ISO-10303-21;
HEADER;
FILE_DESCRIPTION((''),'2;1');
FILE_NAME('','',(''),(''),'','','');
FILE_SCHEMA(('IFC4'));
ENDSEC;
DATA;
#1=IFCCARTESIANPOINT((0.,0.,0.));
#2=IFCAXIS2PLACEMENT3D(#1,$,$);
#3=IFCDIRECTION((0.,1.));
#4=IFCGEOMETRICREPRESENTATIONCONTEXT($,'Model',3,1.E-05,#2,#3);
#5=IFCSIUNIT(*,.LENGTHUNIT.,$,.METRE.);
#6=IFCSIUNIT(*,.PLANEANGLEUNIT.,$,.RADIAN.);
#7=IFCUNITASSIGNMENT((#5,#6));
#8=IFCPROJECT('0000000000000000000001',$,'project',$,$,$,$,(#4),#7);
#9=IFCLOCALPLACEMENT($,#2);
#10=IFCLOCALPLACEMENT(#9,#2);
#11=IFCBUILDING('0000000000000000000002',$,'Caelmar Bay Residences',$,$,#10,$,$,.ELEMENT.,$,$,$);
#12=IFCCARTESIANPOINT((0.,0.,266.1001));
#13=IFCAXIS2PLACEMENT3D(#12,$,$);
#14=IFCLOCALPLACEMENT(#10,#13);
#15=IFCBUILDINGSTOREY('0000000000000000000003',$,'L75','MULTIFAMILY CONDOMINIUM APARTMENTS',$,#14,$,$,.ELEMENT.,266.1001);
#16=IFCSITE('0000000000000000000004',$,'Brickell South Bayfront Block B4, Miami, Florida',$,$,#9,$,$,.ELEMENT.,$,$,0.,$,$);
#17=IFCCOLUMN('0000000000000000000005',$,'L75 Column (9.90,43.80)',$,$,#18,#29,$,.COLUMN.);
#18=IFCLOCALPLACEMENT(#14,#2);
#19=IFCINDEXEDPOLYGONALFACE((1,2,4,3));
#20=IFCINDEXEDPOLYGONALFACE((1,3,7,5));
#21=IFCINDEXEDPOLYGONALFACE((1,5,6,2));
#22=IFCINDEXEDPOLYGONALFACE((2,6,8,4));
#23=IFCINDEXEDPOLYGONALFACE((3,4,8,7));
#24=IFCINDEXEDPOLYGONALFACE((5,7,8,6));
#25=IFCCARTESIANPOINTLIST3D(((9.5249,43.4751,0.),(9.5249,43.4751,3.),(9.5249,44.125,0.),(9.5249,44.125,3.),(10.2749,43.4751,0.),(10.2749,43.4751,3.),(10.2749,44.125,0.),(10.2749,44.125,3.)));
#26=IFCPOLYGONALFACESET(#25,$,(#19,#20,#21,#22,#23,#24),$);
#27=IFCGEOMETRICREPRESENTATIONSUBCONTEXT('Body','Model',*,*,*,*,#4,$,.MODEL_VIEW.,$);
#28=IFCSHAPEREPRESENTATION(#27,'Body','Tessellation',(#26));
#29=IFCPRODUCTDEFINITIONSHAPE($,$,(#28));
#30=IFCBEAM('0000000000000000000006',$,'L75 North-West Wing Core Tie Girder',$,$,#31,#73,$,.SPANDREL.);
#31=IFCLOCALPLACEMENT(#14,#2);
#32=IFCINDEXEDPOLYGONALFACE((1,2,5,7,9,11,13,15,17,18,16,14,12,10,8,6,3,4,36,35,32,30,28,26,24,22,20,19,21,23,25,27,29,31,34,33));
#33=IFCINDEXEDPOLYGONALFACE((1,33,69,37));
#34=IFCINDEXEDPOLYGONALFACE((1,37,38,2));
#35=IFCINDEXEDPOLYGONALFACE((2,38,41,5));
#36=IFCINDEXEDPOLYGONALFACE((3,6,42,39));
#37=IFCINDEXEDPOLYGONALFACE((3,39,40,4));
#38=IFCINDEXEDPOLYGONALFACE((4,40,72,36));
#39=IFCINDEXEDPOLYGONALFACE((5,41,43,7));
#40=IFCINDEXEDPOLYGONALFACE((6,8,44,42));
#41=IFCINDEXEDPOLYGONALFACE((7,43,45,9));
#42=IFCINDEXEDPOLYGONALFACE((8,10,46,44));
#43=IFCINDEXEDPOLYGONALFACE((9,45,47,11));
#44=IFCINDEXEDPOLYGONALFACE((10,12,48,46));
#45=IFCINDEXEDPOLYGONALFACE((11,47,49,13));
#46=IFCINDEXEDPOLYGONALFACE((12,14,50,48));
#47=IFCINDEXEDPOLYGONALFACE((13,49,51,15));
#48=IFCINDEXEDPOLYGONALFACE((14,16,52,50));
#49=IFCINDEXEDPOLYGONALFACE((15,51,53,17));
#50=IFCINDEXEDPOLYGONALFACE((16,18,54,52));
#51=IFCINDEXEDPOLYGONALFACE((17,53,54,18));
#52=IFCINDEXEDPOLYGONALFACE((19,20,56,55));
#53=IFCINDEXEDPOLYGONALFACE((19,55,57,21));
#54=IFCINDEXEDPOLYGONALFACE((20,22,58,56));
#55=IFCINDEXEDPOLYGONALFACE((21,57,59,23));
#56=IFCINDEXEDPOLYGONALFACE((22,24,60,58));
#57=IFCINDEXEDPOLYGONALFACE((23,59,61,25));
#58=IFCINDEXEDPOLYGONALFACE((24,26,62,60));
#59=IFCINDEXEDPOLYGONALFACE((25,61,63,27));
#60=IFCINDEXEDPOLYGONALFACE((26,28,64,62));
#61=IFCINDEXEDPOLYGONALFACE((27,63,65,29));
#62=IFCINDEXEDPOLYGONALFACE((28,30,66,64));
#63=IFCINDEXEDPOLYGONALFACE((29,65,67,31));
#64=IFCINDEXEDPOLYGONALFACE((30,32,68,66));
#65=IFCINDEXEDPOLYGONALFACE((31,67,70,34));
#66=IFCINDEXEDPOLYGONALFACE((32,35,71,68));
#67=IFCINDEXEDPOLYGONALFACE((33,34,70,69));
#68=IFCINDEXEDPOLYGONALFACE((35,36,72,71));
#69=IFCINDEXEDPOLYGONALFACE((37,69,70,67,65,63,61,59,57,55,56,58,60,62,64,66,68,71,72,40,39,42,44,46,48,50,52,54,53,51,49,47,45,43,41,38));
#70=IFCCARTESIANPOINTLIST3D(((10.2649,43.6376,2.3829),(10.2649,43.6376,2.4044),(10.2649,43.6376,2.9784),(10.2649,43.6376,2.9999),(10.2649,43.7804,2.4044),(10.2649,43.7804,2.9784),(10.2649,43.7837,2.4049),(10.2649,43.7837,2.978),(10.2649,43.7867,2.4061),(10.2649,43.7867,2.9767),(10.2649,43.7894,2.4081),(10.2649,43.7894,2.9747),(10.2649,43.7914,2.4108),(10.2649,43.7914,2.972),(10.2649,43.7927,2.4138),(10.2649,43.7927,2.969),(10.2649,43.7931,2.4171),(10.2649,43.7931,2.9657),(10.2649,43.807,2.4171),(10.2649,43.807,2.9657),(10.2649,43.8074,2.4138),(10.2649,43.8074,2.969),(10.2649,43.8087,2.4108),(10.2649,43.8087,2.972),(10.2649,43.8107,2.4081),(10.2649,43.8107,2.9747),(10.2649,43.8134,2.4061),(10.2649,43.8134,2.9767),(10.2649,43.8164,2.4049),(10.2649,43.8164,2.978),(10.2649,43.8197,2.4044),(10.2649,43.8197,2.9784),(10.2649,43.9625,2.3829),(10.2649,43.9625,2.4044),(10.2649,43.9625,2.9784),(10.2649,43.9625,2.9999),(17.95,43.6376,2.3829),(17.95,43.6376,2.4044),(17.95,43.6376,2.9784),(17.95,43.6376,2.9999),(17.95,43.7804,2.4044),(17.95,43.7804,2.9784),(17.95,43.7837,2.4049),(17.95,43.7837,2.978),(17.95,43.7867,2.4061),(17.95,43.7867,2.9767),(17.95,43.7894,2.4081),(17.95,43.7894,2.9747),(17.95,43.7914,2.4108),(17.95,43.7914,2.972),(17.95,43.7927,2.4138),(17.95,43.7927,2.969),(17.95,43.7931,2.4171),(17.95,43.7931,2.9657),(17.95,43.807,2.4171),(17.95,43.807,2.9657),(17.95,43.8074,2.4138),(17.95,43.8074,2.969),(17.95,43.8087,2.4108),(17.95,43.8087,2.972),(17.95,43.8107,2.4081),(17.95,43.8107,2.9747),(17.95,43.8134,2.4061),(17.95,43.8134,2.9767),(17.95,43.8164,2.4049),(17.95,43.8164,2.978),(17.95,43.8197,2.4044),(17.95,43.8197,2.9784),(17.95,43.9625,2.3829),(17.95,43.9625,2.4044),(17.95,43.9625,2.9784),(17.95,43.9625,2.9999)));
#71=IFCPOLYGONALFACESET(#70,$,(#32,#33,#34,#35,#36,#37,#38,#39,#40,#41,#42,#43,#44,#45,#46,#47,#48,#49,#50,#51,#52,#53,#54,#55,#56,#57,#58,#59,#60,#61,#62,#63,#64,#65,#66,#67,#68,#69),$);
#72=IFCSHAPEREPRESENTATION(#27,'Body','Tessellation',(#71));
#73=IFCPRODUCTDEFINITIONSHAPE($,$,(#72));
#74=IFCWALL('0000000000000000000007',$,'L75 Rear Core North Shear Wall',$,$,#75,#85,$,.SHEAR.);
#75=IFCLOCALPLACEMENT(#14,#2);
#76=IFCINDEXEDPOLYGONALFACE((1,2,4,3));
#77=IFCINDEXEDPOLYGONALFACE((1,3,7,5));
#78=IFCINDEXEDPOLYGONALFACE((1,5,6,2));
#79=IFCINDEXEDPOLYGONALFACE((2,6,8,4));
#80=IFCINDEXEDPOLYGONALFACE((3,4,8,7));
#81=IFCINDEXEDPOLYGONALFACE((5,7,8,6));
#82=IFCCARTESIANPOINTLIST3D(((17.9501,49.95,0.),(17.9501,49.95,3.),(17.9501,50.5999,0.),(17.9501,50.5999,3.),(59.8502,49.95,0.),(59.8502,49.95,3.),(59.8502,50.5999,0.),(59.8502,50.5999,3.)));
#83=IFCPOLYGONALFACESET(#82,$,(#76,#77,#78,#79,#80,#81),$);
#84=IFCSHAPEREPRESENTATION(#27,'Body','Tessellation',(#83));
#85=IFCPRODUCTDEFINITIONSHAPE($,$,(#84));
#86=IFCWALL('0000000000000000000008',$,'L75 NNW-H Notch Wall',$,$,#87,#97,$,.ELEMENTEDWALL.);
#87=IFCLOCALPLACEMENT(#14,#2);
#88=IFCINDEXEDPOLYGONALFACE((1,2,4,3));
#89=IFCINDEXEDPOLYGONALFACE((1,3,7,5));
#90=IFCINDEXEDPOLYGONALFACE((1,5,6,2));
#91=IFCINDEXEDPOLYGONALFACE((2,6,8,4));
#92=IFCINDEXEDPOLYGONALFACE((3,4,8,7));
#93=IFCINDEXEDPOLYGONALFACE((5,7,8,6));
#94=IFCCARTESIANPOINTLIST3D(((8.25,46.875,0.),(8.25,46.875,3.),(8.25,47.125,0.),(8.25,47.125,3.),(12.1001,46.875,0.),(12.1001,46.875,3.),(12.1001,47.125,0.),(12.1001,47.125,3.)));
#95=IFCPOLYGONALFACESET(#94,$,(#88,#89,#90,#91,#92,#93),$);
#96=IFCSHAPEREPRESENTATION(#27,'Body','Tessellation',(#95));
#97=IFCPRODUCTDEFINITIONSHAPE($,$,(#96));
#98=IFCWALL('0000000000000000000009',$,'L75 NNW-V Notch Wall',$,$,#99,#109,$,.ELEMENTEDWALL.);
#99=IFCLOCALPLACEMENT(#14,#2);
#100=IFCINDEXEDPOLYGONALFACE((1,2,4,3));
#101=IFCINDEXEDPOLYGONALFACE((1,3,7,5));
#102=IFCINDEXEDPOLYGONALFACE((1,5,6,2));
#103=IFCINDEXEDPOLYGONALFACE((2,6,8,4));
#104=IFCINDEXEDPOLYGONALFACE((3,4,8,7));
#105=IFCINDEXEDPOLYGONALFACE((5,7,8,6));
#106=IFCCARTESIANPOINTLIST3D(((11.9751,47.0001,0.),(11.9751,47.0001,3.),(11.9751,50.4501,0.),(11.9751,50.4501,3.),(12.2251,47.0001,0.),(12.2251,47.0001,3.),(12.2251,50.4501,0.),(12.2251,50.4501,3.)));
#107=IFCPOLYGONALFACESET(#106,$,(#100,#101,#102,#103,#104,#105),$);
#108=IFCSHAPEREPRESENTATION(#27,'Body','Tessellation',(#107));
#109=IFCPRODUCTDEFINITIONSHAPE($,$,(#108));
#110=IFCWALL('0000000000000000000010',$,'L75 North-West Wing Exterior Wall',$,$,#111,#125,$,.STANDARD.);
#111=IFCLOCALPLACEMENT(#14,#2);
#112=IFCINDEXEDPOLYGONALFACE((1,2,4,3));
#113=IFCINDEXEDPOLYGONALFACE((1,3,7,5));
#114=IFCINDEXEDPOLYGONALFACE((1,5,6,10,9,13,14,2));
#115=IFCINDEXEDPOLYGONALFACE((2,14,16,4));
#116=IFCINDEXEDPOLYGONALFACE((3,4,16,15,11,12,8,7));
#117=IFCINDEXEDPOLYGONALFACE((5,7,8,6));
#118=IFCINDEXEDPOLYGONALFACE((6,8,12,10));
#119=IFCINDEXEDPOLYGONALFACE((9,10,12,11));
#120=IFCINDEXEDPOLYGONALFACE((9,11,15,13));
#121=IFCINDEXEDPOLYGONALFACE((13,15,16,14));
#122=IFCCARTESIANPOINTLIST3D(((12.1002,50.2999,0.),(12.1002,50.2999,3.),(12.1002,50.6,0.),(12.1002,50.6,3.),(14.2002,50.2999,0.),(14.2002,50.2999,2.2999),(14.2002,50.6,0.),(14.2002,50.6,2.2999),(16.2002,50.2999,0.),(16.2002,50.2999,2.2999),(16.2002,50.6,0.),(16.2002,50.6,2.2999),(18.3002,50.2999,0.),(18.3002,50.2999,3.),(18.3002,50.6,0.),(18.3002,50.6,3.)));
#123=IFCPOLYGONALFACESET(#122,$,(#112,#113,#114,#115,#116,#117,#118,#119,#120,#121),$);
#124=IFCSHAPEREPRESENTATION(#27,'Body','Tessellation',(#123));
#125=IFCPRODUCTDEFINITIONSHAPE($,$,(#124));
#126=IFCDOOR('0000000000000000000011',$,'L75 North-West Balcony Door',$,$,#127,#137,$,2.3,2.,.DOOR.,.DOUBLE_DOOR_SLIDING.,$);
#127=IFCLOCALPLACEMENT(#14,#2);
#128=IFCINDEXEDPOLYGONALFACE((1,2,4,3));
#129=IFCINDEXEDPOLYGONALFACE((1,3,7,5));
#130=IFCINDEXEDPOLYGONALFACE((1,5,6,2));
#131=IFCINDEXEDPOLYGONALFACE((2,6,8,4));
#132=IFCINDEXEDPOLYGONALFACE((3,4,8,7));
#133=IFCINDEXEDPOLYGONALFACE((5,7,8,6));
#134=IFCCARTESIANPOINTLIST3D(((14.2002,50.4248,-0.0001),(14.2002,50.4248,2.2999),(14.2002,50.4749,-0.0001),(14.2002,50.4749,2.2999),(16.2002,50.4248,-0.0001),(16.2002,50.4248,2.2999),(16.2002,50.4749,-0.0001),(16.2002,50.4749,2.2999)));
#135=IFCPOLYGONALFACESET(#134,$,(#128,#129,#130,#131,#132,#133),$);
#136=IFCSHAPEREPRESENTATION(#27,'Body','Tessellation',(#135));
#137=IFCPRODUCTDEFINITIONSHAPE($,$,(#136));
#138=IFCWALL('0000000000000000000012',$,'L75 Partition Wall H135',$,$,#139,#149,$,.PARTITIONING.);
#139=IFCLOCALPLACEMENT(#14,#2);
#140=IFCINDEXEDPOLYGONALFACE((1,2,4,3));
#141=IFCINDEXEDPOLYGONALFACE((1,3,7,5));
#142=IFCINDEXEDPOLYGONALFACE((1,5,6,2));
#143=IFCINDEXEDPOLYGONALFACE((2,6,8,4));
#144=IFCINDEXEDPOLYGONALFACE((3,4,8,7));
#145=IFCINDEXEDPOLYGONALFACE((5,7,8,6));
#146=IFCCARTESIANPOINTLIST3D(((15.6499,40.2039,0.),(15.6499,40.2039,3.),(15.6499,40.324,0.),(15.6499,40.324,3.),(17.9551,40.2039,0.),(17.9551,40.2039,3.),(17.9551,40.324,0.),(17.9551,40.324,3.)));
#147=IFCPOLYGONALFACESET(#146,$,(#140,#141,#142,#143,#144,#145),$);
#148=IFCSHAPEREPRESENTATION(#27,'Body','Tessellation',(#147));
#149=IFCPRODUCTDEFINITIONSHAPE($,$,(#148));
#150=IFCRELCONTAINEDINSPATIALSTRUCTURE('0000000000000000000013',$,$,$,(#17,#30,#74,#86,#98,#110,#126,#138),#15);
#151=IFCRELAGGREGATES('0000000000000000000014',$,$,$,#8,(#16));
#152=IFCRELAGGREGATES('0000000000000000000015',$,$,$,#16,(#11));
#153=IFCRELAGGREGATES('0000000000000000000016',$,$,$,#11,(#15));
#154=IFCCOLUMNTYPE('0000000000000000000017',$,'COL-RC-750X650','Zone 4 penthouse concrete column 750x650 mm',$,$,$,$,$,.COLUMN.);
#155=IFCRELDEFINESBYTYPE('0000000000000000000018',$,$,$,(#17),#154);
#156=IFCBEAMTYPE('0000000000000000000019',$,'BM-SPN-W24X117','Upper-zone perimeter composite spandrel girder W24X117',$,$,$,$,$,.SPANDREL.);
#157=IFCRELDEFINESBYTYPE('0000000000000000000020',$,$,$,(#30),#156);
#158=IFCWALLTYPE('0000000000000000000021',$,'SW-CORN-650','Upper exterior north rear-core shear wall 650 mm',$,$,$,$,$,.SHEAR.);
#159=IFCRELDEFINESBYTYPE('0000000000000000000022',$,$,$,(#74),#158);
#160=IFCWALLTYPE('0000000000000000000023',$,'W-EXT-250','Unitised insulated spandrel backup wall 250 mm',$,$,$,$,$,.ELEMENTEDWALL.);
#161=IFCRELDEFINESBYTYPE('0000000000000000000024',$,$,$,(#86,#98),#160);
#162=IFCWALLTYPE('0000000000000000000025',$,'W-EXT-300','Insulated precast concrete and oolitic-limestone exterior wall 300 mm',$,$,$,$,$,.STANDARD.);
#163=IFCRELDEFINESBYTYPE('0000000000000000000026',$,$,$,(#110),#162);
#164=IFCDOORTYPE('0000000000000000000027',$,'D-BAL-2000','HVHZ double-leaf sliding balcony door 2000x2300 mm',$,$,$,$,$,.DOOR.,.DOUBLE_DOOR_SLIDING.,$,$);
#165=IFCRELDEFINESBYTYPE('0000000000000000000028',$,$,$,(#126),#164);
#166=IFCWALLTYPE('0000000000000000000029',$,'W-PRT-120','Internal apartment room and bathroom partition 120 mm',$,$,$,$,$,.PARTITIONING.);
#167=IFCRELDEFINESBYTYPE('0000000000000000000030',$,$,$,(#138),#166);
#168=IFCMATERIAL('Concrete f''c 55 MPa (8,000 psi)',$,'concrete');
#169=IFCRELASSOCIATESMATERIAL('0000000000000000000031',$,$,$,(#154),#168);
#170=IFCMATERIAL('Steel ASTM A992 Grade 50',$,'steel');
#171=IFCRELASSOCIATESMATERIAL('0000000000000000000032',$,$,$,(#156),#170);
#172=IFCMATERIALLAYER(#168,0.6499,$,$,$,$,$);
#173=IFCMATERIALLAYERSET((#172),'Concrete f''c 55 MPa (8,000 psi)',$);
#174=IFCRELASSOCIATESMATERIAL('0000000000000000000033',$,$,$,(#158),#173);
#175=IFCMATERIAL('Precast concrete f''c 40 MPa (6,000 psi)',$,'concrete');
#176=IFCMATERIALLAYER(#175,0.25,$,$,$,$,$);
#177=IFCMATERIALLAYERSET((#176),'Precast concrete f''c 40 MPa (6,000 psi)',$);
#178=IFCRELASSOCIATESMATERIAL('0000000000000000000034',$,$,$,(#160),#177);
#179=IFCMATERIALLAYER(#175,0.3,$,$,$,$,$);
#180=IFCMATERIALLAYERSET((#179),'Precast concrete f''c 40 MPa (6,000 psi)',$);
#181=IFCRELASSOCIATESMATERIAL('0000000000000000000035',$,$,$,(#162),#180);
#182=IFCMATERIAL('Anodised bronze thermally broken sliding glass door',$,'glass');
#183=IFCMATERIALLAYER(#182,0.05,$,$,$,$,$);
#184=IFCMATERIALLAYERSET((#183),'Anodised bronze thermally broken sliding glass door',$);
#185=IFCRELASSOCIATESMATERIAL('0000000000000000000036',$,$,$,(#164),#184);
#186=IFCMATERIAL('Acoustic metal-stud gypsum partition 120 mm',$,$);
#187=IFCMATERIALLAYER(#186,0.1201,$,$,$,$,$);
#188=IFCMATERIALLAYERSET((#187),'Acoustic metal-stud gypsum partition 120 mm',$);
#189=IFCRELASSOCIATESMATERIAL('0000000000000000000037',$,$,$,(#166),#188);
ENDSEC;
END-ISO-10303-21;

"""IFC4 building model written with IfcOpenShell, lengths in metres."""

from ifc_helpers import new_model, si_unit, direction, frame, frame_2d, origin, origin_2d, place, context, subcontext, project, spatial, rectangle, i_section, extrude, material, layer, layer_set, material_profile, profile_set, type_object, element, fill, save


model = new_model("IFC4")

# Units and contexts
model_context = context("Model", 3, precision=1e-05, world=origin(), true_north=direction((0.0, 1.0)))
body_context = subcontext(model_context, "Body", "Model", "MODEL_VIEW")
ifc_project = project(units=[si_unit("LENGTHUNIT", "METRE"), si_unit("PLANEANGLEUNIT", "RADIAN")], contexts=[model_context])

# Site, building, storey
site_placement = place(None, origin())
site = spatial("IfcSite", under=ifc_project, at=site_placement, Name="Brickell South Bayfront Block B4, Miami, Florida", CompositionType="ELEMENT", RefElevation=0.0)
building_placement = place(site_placement, origin())
building = spatial("IfcBuilding", under=site, at=building_placement, Name="Caelmar Bay Residences", CompositionType="ELEMENT")
storey_placement = place(building_placement, frame((0.0, 0.0, 266.1001)))
storey = spatial("IfcBuildingStorey", under=building, at=storey_placement, Name="L75", Description="MULTIFAMILY CONDOMINIUM APARTMENTS", CompositionType="ELEMENT", Elevation=266.1001)

# Column
ifc_material_1 = material(Name="Concrete f'c 55 MPa (8,000 psi)", Category="concrete")
ifc_material_profile_1 = material_profile(ifc_material_1, rectangle(XDim=0.75, YDim=0.6499, at=origin_2d()), Name="RC-COL-750X650")
ifc_profile_set_1 = profile_set([ifc_material_profile_1], Name="Concrete f'c 55 MPa (8,000 psi)")
column_type = type_object("IfcColumnType", Name="COL-RC-750X650", Description="Zone 4 penthouse concrete column 750x650 mm", PredefinedType="COLUMN", material=ifc_profile_set_1)
column_placement = place(storey_placement, frame((9.8999, 43.8, 0.0), z_axis=(0.0, 0.0, 1.0), x_axis=(1.0, 0.0, 0.0)))
element("IfcColumn", 1, at=column_placement, inside=storey, type_object=column_type, Name="L75 Column (9.90,43.80)", PredefinedType="COLUMN", context=body_context, shape_type="SweptSolid", body=[
    extrude(rectangle(XDim=0.75, YDim=0.6499, at=origin_2d()), origin(), (0.0, 0.0, 1.0), 3.0),
])

# Beam
ifc_material_2 = material(Name="Steel ASTM A992 Grade 50", Category="steel")
ifc_material_profile_2 = material_profile(ifc_material_2, i_section(OverallWidth=0.325, OverallDepth=0.6169, WebThickness=0.0139, FlangeThickness=0.0215, FilletRadius=0.0127, at=origin_2d()), Name="W24X117")
ifc_profile_set_2 = profile_set([ifc_material_profile_2], Name="Steel ASTM A992 Grade 50")
beam_type = type_object("IfcBeamType", Name="BM-SPN-W24X117", Description="Upper-zone perimeter composite spandrel girder W24X117", PredefinedType="SPANDREL", material=ifc_profile_set_2)
beam_placement = place(storey_placement, frame((10.2649, 43.8, 2.6914), z_axis=(1.0, 0.0, 0.0), x_axis=(0.0, 1.0, 0.0)))
element("IfcBeam", 2, at=beam_placement, inside=storey, type_object=beam_type, Name="L75 North-West Wing Core Tie Girder", PredefinedType="SPANDREL", context=body_context, shape_type="SweptSolid", body=[
    extrude(i_section(OverallWidth=0.325, OverallDepth=0.6169, WebThickness=0.0139, FlangeThickness=0.0215, FilletRadius=0.0127, at=origin_2d()), origin(), (0.0, 0.0, 1.0), 7.6851),
])

# Walls
ifc_layer_1 = layer(ifc_material_1, 0.6499)
ifc_layer_set_1 = layer_set([ifc_layer_1], Name="Concrete f'c 55 MPa (8,000 psi)")
wall_type_1 = type_object("IfcWallType", Name="SW-CORN-650", Description="Upper exterior north rear-core shear wall 650 mm", PredefinedType="SHEAR", material=ifc_layer_set_1)
wall_1_placement = place(storey_placement, frame((17.95, 50.2749, 0.0), z_axis=(0.0, 0.0, 1.0), x_axis=(1.0, 0.0, 0.0)))
element("IfcWall", 3, at=wall_1_placement, inside=storey, type_object=wall_type_1, Name="L75 Rear Core North Shear Wall", PredefinedType="SHEAR", context=body_context, shape_type="SweptSolid", body=[
    extrude(rectangle(XDim=41.9001, YDim=0.6499, at=frame_2d((20.9502, 0.0))), origin(), (0.0, 0.0, 1.0), 3.0),
])
ifc_material_3 = material(Name="Precast concrete f'c 40 MPa (6,000 psi)", Category="concrete")
ifc_layer_2 = layer(ifc_material_3, 0.25)
ifc_layer_set_2 = layer_set([ifc_layer_2], Name="Precast concrete f'c 40 MPa (6,000 psi)")
wall_type_2 = type_object("IfcWallType", Name="W-EXT-250", Description="Unitised insulated spandrel backup wall 250 mm", PredefinedType="ELEMENTEDWALL", material=ifc_layer_set_2)
wall_2_placement = place(storey_placement, frame((8.25, 47.0, 0.0), z_axis=(0.0, 0.0, 1.0), x_axis=(1.0, 0.0, 0.0)))
element("IfcWall", 4, at=wall_2_placement, inside=storey, type_object=wall_type_2, Name="L75 NNW-H Notch Wall", PredefinedType="ELEMENTEDWALL", context=body_context, shape_type="SweptSolid", body=[
    extrude(rectangle(XDim=3.8501, YDim=0.25, at=frame_2d((1.925, 0.0))), origin(), (0.0, 0.0, 1.0), 3.0),
])
wall_3_placement = place(storey_placement, frame((12.1001, 47.0, 0.0), z_axis=(0.0, 0.0, 1.0), x_axis=(0.0, 1.0, 0.0)))
element("IfcWall", 5, at=wall_3_placement, inside=storey, type_object=wall_type_2, Name="L75 NNW-V Notch Wall", PredefinedType="ELEMENTEDWALL", context=body_context, shape_type="SweptSolid", body=[
    extrude(rectangle(XDim=3.45, YDim=0.25, at=frame_2d((1.7251, 0.0))), origin(), (0.0, 0.0, 1.0), 3.0),
])

# Wall, opening, door
ifc_layer_3 = layer(ifc_material_3, 0.3)
ifc_layer_set_3 = layer_set([ifc_layer_3], Name="Precast concrete f'c 40 MPa (6,000 psi)")
wall_type_3 = type_object("IfcWallType", Name="W-EXT-300", Description="Insulated precast concrete and oolitic-limestone exterior wall 300 mm", PredefinedType="STANDARD", material=ifc_layer_set_3)
wall_4_placement = place(storey_placement, frame((12.1001, 50.45, 0.0), z_axis=(0.0, 0.0, 1.0), x_axis=(1.0, 0.0, 0.0)))
wall_4 = element("IfcWall", 6, at=wall_4_placement, inside=storey, type_object=wall_type_3, Name="L75 North-West Wing Exterior Wall", PredefinedType="STANDARD", context=body_context, shape_type="SweptSolid", body=[
    extrude(rectangle(XDim=6.2, YDim=0.3, at=frame_2d((3.1001, 0.0))), origin(), (0.0, 0.0, 1.0), 3.0),
])
opening_1_placement = place(wall_4_placement, frame((2.1001, 0.0, 0.0)))
opening_1 = element("IfcOpeningElement", 7, at=opening_1_placement, cuts=wall_4, PredefinedType="OPENING", context=body_context, shape_type="SweptSolid", body=[
    extrude(rectangle(XDim=2.0, YDim=2.3, at=frame_2d((1.0, 1.1499))), frame((0.0, 0.1599, 0.0), z_axis=(0.0, -1.0, 0.0), x_axis=(1.0, 0.0, 0.0)), (0.0, 0.0, 1.0), 0.3201),
])
ifc_material_4 = material(Name="Anodised bronze thermally broken sliding glass door", Category="glass")
ifc_layer_4 = layer(ifc_material_4, 0.05)
ifc_layer_set_4 = layer_set([ifc_layer_4], Name="Anodised bronze thermally broken sliding glass door")
door_type_1 = type_object("IfcDoorType", Name="D-BAL-2000", Description="HVHZ double-leaf sliding balcony door 2000x2300 mm", OperationType="DOUBLE_DOOR_SLIDING", PredefinedType="DOOR", material=ifc_layer_set_4)
door_1_placement = place(opening_1_placement, origin())
door_1 = element("IfcDoor", 8, at=door_1_placement, inside=storey, type_object=door_type_1, Name="L75 North-West Balcony Door", OperationType="DOUBLE_DOOR_SLIDING", OverallHeight=2.3, OverallWidth=2.0, PredefinedType="DOOR", context=body_context, shape_type="SweptSolid", body=[
    extrude(rectangle(XDim=2.0, YDim=2.3, at=frame_2d((1.0, 1.1499))), frame((0.0, 0.0249, 0.0), z_axis=(0.0, -1.0, 0.0), x_axis=(1.0, 0.0, 0.0)), (0.0, 0.0, 1.0), 0.05),
])
fill(opening_1, door_1)

# Wall
ifc_material_5 = material(Name="Acoustic metal-stud gypsum partition 120 mm")
ifc_layer_5 = layer(ifc_material_5, 0.1201)
ifc_layer_set_5 = layer_set([ifc_layer_5], Name="Acoustic metal-stud gypsum partition 120 mm")
wall_type_4 = type_object("IfcWallType", Name="W-PRT-120", Description="Internal apartment room and bathroom partition 120 mm", PredefinedType="PARTITIONING", material=ifc_layer_set_5)
wall_5_placement = place(storey_placement, frame((15.6499, 40.2639, 0.0), z_axis=(0.0, 0.0, 1.0), x_axis=(1.0, 0.0, 0.0)))
element("IfcWall", 9, at=wall_5_placement, inside=storey, type_object=wall_type_4, Name="L75 Partition Wall H135", PredefinedType="PARTITIONING", context=body_context, shape_type="SweptSolid", body=[
    extrude(rectangle(XDim=2.3052, YDim=0.1201, at=frame_2d((1.1526, 0.0))), origin(), (0.0, 0.0, 1.0), 3.0),
])

save(model, "model.ifc")
